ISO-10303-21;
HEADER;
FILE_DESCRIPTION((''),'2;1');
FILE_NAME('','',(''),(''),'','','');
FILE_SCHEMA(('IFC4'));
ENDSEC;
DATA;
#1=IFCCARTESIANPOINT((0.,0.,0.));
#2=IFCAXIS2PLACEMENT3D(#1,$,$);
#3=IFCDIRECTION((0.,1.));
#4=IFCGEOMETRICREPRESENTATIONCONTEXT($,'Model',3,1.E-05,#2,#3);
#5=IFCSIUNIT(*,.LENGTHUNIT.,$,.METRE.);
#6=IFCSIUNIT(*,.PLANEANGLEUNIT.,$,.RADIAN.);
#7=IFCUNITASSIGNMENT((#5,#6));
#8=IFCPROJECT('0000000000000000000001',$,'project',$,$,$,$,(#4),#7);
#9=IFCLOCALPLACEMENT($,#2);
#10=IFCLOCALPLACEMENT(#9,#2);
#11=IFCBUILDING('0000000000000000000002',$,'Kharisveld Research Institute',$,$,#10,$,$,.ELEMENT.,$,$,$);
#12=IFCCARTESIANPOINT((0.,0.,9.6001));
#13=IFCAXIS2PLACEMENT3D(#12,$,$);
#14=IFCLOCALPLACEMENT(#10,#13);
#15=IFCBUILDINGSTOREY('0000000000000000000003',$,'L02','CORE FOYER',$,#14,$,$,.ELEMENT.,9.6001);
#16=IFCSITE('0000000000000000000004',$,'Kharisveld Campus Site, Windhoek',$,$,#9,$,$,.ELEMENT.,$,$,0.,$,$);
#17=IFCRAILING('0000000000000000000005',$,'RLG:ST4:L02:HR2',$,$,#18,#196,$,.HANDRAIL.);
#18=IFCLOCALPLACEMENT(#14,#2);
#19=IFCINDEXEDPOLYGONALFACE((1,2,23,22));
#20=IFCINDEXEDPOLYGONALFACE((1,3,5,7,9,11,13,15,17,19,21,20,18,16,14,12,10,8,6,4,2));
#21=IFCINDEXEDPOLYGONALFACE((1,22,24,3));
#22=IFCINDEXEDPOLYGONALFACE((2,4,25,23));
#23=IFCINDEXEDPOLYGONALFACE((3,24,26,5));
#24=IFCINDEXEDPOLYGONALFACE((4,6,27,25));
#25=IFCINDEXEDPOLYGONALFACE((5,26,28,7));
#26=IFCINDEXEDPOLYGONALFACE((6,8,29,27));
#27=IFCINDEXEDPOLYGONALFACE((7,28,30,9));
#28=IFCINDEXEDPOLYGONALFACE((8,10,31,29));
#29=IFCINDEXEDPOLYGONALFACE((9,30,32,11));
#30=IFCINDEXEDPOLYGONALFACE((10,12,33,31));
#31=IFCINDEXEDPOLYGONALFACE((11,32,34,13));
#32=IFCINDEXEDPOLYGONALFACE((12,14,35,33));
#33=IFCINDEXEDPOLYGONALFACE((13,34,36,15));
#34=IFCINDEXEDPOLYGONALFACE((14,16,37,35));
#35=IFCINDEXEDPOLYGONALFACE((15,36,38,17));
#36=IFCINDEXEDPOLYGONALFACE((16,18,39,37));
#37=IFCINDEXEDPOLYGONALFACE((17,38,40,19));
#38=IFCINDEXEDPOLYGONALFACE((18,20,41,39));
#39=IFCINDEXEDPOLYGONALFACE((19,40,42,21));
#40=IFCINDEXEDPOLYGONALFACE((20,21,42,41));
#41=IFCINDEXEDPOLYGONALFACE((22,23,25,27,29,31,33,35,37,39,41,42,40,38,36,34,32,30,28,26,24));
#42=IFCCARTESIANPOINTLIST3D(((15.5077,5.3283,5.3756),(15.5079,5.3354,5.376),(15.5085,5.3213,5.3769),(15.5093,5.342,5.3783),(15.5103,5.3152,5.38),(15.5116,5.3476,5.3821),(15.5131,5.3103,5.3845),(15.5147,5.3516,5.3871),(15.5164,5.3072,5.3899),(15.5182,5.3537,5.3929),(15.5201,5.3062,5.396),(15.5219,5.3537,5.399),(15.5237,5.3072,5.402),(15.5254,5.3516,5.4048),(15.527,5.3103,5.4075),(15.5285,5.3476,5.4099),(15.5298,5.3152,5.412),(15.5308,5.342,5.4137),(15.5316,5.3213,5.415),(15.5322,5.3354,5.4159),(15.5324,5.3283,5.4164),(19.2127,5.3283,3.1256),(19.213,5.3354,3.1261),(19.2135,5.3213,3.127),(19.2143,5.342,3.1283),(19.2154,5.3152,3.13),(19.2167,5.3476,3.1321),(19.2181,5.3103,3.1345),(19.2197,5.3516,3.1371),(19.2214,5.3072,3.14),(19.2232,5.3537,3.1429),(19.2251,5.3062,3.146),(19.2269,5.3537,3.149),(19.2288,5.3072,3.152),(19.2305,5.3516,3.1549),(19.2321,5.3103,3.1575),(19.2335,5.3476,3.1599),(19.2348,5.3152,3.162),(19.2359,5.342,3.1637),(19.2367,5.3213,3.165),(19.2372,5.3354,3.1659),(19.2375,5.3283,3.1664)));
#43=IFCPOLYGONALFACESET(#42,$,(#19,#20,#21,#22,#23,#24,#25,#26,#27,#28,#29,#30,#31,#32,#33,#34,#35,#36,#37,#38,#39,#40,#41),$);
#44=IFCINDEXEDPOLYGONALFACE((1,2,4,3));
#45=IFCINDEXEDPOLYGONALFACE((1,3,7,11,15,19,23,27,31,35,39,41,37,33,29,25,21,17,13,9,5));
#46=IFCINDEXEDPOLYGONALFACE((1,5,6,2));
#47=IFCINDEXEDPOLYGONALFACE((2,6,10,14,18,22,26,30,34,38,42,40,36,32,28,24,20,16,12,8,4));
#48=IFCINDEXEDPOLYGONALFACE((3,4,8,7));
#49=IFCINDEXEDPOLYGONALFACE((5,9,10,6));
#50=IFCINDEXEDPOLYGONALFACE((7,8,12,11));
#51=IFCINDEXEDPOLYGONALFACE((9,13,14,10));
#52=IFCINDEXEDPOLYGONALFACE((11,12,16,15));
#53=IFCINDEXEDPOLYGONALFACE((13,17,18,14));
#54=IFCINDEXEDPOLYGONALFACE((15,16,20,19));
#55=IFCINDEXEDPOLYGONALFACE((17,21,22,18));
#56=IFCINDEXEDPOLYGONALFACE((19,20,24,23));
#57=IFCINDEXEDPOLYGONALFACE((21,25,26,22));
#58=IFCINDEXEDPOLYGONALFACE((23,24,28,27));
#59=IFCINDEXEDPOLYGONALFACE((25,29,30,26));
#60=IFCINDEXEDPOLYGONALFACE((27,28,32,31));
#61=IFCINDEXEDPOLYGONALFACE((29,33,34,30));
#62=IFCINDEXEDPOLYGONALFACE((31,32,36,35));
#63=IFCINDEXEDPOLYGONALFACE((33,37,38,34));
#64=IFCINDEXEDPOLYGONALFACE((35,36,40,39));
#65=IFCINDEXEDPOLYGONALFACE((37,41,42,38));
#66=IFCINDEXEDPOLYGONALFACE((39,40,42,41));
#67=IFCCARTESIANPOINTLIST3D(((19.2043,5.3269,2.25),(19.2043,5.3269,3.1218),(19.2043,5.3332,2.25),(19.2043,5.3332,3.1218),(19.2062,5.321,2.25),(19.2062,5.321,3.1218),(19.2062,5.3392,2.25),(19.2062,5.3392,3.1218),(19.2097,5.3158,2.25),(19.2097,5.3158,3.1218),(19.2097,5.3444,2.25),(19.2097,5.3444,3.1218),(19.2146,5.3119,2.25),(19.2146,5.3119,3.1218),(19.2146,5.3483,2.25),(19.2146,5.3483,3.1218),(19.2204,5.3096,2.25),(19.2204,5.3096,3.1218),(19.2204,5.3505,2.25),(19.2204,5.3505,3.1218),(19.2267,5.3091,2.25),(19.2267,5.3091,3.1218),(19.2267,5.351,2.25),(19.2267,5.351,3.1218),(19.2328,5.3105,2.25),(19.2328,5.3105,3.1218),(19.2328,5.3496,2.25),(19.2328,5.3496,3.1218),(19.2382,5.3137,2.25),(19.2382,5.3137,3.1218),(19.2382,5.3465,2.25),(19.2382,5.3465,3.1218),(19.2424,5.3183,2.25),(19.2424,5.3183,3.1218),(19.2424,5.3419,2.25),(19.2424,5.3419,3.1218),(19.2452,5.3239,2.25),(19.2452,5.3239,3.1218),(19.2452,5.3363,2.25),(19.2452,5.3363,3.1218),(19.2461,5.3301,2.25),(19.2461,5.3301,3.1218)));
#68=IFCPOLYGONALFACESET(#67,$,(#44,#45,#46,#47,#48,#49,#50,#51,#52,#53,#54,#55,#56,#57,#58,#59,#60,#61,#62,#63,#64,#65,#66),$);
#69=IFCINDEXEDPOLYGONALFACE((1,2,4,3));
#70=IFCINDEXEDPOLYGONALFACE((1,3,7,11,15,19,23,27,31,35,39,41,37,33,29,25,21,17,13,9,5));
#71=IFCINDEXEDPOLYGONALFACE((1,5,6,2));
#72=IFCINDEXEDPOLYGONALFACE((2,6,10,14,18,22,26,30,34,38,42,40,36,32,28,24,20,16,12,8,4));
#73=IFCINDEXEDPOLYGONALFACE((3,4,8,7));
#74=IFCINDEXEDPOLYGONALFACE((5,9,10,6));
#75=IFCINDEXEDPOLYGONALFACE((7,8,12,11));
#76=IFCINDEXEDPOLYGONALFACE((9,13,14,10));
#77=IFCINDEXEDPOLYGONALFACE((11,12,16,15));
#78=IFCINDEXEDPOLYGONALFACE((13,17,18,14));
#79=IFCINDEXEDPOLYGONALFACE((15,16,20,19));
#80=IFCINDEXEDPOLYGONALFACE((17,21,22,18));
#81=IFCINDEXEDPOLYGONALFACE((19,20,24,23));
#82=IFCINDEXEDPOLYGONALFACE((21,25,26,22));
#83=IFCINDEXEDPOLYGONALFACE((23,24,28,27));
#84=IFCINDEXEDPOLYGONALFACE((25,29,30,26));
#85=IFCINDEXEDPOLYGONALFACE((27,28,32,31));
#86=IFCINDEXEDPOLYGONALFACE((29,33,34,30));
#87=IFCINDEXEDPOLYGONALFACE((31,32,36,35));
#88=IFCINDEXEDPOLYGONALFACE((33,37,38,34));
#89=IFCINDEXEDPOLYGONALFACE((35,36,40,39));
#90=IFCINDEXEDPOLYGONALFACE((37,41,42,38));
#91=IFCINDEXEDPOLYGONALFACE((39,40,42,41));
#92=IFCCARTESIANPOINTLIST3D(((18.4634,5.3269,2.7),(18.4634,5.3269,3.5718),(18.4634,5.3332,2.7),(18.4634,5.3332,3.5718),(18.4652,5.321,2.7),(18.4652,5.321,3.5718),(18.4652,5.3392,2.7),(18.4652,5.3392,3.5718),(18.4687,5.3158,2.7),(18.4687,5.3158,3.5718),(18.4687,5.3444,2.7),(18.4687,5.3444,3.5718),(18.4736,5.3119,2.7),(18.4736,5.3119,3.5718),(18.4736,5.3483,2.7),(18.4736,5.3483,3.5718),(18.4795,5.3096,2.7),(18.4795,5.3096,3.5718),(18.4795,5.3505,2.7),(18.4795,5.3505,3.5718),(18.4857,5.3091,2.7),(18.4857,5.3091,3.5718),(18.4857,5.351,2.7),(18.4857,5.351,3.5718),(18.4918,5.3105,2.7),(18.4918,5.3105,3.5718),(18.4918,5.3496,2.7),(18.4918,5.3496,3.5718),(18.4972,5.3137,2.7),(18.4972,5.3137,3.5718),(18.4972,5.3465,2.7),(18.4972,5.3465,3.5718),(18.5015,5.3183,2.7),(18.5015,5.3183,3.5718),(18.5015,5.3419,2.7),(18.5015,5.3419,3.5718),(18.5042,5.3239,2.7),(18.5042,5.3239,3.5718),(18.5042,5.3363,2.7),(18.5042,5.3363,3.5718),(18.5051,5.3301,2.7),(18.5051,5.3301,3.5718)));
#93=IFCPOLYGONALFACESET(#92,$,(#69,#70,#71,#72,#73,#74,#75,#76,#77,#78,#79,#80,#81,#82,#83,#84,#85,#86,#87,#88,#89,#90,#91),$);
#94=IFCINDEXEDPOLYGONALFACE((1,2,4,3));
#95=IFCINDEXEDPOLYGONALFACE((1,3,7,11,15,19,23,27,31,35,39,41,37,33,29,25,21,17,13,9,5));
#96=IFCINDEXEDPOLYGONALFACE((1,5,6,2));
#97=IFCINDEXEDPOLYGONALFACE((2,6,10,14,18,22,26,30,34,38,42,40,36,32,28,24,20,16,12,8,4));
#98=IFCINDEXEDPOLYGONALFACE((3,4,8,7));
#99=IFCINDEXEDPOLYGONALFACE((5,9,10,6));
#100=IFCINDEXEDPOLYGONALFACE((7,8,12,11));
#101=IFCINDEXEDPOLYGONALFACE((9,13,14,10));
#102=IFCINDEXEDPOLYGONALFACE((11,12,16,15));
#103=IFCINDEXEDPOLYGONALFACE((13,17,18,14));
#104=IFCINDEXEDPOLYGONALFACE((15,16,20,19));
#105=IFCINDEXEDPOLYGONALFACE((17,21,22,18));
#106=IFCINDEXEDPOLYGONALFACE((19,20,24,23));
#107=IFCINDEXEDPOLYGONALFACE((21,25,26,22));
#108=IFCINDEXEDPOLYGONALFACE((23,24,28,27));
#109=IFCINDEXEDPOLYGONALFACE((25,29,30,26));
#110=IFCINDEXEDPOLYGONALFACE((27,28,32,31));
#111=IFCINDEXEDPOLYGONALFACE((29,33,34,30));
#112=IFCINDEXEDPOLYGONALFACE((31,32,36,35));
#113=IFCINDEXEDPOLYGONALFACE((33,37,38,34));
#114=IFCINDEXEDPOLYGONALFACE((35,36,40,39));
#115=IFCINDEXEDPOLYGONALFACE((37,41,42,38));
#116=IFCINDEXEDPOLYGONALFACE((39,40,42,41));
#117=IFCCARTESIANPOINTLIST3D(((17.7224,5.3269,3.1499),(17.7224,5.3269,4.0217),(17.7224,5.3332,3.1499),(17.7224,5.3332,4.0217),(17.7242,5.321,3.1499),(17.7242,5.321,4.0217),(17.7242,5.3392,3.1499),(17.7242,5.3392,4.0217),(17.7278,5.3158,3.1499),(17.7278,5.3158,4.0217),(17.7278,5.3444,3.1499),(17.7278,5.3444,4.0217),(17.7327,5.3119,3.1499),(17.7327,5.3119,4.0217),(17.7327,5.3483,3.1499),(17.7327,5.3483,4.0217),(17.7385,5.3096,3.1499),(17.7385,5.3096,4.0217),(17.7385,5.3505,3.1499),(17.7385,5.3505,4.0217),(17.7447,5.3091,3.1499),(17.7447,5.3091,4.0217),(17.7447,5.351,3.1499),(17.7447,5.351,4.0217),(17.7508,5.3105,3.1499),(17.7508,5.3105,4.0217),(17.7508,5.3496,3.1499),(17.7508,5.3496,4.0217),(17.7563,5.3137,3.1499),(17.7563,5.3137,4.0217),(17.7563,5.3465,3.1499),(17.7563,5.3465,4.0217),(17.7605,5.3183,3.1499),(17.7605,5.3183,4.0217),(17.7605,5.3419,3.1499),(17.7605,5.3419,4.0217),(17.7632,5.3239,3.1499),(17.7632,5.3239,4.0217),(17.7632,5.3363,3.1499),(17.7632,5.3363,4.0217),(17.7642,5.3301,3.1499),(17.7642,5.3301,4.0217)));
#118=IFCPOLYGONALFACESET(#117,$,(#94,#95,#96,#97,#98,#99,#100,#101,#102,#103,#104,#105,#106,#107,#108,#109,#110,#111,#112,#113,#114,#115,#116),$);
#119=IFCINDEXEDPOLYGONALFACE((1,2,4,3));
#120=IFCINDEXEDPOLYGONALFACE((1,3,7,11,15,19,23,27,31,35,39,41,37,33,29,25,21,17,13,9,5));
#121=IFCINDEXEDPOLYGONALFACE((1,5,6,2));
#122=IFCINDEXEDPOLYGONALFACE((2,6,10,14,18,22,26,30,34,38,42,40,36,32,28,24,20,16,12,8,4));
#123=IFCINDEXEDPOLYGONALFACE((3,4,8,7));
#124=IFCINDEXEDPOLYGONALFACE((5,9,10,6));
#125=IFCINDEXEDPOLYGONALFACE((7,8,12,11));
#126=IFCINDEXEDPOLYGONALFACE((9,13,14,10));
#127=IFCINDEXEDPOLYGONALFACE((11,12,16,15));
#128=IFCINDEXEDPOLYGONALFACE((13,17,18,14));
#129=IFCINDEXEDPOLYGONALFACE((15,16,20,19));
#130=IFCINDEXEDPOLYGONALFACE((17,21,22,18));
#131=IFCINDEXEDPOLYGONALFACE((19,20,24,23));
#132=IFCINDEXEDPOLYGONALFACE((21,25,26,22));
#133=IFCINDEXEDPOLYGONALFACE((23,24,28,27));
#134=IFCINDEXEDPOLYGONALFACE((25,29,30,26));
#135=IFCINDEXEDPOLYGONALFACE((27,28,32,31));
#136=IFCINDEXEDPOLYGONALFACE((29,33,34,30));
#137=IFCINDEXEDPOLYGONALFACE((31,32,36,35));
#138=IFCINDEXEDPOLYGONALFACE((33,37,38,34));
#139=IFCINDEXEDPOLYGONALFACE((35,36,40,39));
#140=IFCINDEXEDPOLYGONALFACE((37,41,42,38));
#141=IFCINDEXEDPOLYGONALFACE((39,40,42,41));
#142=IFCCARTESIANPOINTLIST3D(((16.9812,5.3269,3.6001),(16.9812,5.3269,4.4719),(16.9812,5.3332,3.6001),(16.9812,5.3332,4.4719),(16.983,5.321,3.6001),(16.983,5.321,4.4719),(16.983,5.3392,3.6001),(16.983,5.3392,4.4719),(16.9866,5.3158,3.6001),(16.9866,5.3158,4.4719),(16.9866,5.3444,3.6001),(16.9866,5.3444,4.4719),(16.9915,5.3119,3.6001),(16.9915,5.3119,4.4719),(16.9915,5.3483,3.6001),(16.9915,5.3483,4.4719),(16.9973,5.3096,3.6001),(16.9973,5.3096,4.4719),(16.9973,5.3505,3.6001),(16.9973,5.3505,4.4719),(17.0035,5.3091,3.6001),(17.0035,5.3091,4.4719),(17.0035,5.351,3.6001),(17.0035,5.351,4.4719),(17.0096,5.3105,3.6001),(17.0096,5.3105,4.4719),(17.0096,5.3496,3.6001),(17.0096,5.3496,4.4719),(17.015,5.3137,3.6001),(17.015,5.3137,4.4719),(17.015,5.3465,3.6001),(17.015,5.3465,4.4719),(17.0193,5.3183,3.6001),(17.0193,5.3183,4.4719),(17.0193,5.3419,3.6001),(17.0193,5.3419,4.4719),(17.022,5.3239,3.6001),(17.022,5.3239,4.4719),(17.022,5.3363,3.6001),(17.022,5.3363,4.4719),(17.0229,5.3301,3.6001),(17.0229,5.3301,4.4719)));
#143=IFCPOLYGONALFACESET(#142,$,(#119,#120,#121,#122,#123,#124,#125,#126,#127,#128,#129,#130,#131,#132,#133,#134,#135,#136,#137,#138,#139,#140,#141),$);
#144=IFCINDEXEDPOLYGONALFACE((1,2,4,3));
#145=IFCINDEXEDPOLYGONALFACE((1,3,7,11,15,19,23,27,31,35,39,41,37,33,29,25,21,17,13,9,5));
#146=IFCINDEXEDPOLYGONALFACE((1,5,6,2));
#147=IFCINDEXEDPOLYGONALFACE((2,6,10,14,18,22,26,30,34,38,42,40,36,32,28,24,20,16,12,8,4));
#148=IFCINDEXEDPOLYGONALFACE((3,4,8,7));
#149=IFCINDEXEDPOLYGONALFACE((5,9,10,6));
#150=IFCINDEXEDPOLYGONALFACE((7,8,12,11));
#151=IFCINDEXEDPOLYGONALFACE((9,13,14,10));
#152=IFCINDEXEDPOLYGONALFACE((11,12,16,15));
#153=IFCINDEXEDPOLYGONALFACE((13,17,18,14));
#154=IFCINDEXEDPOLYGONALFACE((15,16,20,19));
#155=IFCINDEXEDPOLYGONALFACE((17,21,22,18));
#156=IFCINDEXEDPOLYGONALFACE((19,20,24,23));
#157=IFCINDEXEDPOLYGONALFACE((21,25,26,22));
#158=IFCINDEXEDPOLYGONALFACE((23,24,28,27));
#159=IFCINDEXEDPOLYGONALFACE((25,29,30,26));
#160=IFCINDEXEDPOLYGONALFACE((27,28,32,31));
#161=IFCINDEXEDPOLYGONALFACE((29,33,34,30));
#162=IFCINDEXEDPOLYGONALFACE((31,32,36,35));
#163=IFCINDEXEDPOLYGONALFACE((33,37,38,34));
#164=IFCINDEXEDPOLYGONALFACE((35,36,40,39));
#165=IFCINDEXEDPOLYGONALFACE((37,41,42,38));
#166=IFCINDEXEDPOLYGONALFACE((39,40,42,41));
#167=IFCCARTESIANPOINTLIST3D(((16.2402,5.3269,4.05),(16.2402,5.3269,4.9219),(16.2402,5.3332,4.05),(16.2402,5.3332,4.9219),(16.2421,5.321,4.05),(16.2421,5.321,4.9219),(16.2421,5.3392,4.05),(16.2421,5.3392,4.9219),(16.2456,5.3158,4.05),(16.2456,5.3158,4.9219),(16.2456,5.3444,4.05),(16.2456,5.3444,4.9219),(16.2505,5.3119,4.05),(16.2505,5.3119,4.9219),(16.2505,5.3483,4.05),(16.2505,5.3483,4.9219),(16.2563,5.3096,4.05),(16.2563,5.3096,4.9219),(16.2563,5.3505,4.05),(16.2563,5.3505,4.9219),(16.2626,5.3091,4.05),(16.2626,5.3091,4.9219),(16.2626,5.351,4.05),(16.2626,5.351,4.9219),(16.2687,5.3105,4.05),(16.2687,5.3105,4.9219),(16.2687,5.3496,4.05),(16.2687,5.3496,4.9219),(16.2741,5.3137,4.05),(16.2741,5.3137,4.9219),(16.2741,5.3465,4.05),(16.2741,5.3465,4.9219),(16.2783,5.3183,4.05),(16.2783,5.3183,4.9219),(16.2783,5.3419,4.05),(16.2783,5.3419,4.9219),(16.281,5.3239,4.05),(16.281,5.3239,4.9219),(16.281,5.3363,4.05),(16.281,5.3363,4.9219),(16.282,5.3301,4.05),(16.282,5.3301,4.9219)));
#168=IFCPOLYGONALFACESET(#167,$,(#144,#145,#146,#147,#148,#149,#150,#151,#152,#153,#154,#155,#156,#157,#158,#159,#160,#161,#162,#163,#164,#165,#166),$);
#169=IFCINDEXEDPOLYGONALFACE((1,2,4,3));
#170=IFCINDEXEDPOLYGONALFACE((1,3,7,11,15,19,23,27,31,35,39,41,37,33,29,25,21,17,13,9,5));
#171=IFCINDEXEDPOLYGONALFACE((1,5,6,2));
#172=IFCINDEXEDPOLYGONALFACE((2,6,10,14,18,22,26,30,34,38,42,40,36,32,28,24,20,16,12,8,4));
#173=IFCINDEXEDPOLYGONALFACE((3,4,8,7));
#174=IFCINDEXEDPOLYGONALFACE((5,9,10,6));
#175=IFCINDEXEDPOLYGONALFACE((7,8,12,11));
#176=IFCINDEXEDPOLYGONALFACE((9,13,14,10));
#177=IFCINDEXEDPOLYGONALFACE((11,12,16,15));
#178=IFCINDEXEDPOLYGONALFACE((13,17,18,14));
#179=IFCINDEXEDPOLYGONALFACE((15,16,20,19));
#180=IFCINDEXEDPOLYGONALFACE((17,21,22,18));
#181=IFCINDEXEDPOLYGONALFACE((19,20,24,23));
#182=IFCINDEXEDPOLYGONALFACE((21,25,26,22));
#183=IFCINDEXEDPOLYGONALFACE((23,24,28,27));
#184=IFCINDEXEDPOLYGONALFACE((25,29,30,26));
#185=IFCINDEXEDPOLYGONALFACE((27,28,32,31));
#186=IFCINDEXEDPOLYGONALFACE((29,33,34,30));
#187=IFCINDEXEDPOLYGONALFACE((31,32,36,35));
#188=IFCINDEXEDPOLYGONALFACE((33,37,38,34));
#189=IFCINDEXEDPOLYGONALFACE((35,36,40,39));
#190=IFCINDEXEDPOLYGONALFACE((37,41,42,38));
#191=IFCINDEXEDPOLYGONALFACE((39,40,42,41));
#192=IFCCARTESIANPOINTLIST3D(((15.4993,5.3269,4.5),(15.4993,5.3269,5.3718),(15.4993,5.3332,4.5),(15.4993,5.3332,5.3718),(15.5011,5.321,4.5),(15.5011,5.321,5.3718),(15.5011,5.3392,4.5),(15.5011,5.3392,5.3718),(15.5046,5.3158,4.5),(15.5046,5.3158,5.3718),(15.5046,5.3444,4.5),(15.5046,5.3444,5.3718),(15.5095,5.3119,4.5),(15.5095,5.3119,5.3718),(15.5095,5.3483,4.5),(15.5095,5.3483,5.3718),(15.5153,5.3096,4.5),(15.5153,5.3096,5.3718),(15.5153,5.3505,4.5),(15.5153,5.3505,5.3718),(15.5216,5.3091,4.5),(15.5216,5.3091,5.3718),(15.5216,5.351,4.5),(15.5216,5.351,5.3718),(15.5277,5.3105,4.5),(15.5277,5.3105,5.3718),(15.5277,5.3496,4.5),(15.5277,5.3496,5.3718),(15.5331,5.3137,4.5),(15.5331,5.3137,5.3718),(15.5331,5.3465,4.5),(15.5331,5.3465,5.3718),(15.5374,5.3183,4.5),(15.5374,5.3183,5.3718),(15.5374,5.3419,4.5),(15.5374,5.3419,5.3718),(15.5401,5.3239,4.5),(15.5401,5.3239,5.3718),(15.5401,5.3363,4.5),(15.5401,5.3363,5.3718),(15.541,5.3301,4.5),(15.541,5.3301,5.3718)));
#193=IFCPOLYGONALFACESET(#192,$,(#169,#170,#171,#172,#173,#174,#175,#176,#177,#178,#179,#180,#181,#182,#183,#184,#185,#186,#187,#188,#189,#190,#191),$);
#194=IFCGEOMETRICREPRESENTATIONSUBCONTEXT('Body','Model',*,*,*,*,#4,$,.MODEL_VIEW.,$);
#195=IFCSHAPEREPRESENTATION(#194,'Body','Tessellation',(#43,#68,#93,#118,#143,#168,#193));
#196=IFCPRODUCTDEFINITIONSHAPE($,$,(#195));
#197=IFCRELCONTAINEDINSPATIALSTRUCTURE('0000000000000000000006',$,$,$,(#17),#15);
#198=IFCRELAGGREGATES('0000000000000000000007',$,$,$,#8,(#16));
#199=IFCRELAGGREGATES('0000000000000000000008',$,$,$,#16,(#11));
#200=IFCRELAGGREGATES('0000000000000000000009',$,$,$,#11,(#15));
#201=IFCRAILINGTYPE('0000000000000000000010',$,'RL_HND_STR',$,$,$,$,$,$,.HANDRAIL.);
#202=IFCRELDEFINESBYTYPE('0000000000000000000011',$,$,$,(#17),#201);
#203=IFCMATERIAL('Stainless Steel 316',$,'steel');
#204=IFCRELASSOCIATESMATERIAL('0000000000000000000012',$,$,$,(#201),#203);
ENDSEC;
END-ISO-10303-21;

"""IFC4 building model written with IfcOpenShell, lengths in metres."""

from ifc_helpers import new_model, si_unit, direction, frame, origin, origin_2d, place, context, subcontext, project, spatial, circle, extrude, material, type_object, element, save


model = new_model("IFC4")

# Units and contexts
model_context = context("Model", 3, precision=1e-05, world=origin(), true_north=direction((0.0, 1.0)))
body_context = subcontext(model_context, "Body", "Model", "MODEL_VIEW")
ifc_project = project(units=[si_unit("LENGTHUNIT", "METRE"), si_unit("PLANEANGLEUNIT", "RADIAN")], contexts=[model_context])

# Site, building, storey
site_placement = place(None, origin())
site = spatial("IfcSite", under=ifc_project, at=site_placement, Name="Kharisveld Campus Site, Windhoek", CompositionType="ELEMENT", RefElevation=0.0)
building_placement = place(site_placement, origin())
building = spatial("IfcBuilding", under=site, at=building_placement, Name="Kharisveld Research Institute", CompositionType="ELEMENT")
storey_placement = place(building_placement, frame((0.0, 0.0, 9.6001)))
storey = spatial("IfcBuildingStorey", under=building, at=storey_placement, Name="L02", Description="CORE FOYER", CompositionType="ELEMENT", Elevation=9.6001)

# Railing
ifc_material_1 = material(Name="Stainless Steel 316", Category="steel")
railing_type_1 = type_object("IfcRailingType", Name="RL_HND_STR", PredefinedType="HANDRAIL", material=ifc_material_1)
railing_1_placement = place(storey_placement, frame((19.2251, 5.3301, 2.25)))
element("IfcRailing", 1, at=railing_1_placement, inside=storey, type_object=railing_type_1, Name="RLG:ST4:L02:HR2", PredefinedType="HANDRAIL", context=body_context, shape_type="SweptSolid", body=[
    extrude(circle(Radius=0.0239, at=origin_2d()), frame((0.0, 0.0, 0.896), z_axis=(-0.854738, 0.0, 0.51906), x_axis=(0.0, -1.0, 0.0)), (0.0, 0.0, 1.0), 4.3347),
    extrude(circle(Radius=0.021, at=origin_2d()), origin(), (0.0, 0.0, 1.0), 0.8718),
    extrude(circle(Radius=0.021, at=origin_2d()), frame((-0.741, 0.0, 0.45)), (0.0, 0.0, 1.0), 0.8718),
    extrude(circle(Radius=0.021, at=origin_2d()), frame((-1.4819, 0.0, 0.8999)), (0.0, 0.0, 1.0), 0.8718),
    extrude(circle(Radius=0.021, at=origin_2d()), frame((-2.2231, 0.0, 1.3501)), (0.0, 0.0, 1.0), 0.8718),
    extrude(circle(Radius=0.021, at=origin_2d()), frame((-2.9641, 0.0, 1.8)), (0.0, 0.0, 1.0), 0.8718),
    extrude(circle(Radius=0.021, at=origin_2d()), frame((-3.7051, 0.0, 2.25)), (0.0, 0.0, 1.0), 0.8718),
])

save(model, "model.ifc")
